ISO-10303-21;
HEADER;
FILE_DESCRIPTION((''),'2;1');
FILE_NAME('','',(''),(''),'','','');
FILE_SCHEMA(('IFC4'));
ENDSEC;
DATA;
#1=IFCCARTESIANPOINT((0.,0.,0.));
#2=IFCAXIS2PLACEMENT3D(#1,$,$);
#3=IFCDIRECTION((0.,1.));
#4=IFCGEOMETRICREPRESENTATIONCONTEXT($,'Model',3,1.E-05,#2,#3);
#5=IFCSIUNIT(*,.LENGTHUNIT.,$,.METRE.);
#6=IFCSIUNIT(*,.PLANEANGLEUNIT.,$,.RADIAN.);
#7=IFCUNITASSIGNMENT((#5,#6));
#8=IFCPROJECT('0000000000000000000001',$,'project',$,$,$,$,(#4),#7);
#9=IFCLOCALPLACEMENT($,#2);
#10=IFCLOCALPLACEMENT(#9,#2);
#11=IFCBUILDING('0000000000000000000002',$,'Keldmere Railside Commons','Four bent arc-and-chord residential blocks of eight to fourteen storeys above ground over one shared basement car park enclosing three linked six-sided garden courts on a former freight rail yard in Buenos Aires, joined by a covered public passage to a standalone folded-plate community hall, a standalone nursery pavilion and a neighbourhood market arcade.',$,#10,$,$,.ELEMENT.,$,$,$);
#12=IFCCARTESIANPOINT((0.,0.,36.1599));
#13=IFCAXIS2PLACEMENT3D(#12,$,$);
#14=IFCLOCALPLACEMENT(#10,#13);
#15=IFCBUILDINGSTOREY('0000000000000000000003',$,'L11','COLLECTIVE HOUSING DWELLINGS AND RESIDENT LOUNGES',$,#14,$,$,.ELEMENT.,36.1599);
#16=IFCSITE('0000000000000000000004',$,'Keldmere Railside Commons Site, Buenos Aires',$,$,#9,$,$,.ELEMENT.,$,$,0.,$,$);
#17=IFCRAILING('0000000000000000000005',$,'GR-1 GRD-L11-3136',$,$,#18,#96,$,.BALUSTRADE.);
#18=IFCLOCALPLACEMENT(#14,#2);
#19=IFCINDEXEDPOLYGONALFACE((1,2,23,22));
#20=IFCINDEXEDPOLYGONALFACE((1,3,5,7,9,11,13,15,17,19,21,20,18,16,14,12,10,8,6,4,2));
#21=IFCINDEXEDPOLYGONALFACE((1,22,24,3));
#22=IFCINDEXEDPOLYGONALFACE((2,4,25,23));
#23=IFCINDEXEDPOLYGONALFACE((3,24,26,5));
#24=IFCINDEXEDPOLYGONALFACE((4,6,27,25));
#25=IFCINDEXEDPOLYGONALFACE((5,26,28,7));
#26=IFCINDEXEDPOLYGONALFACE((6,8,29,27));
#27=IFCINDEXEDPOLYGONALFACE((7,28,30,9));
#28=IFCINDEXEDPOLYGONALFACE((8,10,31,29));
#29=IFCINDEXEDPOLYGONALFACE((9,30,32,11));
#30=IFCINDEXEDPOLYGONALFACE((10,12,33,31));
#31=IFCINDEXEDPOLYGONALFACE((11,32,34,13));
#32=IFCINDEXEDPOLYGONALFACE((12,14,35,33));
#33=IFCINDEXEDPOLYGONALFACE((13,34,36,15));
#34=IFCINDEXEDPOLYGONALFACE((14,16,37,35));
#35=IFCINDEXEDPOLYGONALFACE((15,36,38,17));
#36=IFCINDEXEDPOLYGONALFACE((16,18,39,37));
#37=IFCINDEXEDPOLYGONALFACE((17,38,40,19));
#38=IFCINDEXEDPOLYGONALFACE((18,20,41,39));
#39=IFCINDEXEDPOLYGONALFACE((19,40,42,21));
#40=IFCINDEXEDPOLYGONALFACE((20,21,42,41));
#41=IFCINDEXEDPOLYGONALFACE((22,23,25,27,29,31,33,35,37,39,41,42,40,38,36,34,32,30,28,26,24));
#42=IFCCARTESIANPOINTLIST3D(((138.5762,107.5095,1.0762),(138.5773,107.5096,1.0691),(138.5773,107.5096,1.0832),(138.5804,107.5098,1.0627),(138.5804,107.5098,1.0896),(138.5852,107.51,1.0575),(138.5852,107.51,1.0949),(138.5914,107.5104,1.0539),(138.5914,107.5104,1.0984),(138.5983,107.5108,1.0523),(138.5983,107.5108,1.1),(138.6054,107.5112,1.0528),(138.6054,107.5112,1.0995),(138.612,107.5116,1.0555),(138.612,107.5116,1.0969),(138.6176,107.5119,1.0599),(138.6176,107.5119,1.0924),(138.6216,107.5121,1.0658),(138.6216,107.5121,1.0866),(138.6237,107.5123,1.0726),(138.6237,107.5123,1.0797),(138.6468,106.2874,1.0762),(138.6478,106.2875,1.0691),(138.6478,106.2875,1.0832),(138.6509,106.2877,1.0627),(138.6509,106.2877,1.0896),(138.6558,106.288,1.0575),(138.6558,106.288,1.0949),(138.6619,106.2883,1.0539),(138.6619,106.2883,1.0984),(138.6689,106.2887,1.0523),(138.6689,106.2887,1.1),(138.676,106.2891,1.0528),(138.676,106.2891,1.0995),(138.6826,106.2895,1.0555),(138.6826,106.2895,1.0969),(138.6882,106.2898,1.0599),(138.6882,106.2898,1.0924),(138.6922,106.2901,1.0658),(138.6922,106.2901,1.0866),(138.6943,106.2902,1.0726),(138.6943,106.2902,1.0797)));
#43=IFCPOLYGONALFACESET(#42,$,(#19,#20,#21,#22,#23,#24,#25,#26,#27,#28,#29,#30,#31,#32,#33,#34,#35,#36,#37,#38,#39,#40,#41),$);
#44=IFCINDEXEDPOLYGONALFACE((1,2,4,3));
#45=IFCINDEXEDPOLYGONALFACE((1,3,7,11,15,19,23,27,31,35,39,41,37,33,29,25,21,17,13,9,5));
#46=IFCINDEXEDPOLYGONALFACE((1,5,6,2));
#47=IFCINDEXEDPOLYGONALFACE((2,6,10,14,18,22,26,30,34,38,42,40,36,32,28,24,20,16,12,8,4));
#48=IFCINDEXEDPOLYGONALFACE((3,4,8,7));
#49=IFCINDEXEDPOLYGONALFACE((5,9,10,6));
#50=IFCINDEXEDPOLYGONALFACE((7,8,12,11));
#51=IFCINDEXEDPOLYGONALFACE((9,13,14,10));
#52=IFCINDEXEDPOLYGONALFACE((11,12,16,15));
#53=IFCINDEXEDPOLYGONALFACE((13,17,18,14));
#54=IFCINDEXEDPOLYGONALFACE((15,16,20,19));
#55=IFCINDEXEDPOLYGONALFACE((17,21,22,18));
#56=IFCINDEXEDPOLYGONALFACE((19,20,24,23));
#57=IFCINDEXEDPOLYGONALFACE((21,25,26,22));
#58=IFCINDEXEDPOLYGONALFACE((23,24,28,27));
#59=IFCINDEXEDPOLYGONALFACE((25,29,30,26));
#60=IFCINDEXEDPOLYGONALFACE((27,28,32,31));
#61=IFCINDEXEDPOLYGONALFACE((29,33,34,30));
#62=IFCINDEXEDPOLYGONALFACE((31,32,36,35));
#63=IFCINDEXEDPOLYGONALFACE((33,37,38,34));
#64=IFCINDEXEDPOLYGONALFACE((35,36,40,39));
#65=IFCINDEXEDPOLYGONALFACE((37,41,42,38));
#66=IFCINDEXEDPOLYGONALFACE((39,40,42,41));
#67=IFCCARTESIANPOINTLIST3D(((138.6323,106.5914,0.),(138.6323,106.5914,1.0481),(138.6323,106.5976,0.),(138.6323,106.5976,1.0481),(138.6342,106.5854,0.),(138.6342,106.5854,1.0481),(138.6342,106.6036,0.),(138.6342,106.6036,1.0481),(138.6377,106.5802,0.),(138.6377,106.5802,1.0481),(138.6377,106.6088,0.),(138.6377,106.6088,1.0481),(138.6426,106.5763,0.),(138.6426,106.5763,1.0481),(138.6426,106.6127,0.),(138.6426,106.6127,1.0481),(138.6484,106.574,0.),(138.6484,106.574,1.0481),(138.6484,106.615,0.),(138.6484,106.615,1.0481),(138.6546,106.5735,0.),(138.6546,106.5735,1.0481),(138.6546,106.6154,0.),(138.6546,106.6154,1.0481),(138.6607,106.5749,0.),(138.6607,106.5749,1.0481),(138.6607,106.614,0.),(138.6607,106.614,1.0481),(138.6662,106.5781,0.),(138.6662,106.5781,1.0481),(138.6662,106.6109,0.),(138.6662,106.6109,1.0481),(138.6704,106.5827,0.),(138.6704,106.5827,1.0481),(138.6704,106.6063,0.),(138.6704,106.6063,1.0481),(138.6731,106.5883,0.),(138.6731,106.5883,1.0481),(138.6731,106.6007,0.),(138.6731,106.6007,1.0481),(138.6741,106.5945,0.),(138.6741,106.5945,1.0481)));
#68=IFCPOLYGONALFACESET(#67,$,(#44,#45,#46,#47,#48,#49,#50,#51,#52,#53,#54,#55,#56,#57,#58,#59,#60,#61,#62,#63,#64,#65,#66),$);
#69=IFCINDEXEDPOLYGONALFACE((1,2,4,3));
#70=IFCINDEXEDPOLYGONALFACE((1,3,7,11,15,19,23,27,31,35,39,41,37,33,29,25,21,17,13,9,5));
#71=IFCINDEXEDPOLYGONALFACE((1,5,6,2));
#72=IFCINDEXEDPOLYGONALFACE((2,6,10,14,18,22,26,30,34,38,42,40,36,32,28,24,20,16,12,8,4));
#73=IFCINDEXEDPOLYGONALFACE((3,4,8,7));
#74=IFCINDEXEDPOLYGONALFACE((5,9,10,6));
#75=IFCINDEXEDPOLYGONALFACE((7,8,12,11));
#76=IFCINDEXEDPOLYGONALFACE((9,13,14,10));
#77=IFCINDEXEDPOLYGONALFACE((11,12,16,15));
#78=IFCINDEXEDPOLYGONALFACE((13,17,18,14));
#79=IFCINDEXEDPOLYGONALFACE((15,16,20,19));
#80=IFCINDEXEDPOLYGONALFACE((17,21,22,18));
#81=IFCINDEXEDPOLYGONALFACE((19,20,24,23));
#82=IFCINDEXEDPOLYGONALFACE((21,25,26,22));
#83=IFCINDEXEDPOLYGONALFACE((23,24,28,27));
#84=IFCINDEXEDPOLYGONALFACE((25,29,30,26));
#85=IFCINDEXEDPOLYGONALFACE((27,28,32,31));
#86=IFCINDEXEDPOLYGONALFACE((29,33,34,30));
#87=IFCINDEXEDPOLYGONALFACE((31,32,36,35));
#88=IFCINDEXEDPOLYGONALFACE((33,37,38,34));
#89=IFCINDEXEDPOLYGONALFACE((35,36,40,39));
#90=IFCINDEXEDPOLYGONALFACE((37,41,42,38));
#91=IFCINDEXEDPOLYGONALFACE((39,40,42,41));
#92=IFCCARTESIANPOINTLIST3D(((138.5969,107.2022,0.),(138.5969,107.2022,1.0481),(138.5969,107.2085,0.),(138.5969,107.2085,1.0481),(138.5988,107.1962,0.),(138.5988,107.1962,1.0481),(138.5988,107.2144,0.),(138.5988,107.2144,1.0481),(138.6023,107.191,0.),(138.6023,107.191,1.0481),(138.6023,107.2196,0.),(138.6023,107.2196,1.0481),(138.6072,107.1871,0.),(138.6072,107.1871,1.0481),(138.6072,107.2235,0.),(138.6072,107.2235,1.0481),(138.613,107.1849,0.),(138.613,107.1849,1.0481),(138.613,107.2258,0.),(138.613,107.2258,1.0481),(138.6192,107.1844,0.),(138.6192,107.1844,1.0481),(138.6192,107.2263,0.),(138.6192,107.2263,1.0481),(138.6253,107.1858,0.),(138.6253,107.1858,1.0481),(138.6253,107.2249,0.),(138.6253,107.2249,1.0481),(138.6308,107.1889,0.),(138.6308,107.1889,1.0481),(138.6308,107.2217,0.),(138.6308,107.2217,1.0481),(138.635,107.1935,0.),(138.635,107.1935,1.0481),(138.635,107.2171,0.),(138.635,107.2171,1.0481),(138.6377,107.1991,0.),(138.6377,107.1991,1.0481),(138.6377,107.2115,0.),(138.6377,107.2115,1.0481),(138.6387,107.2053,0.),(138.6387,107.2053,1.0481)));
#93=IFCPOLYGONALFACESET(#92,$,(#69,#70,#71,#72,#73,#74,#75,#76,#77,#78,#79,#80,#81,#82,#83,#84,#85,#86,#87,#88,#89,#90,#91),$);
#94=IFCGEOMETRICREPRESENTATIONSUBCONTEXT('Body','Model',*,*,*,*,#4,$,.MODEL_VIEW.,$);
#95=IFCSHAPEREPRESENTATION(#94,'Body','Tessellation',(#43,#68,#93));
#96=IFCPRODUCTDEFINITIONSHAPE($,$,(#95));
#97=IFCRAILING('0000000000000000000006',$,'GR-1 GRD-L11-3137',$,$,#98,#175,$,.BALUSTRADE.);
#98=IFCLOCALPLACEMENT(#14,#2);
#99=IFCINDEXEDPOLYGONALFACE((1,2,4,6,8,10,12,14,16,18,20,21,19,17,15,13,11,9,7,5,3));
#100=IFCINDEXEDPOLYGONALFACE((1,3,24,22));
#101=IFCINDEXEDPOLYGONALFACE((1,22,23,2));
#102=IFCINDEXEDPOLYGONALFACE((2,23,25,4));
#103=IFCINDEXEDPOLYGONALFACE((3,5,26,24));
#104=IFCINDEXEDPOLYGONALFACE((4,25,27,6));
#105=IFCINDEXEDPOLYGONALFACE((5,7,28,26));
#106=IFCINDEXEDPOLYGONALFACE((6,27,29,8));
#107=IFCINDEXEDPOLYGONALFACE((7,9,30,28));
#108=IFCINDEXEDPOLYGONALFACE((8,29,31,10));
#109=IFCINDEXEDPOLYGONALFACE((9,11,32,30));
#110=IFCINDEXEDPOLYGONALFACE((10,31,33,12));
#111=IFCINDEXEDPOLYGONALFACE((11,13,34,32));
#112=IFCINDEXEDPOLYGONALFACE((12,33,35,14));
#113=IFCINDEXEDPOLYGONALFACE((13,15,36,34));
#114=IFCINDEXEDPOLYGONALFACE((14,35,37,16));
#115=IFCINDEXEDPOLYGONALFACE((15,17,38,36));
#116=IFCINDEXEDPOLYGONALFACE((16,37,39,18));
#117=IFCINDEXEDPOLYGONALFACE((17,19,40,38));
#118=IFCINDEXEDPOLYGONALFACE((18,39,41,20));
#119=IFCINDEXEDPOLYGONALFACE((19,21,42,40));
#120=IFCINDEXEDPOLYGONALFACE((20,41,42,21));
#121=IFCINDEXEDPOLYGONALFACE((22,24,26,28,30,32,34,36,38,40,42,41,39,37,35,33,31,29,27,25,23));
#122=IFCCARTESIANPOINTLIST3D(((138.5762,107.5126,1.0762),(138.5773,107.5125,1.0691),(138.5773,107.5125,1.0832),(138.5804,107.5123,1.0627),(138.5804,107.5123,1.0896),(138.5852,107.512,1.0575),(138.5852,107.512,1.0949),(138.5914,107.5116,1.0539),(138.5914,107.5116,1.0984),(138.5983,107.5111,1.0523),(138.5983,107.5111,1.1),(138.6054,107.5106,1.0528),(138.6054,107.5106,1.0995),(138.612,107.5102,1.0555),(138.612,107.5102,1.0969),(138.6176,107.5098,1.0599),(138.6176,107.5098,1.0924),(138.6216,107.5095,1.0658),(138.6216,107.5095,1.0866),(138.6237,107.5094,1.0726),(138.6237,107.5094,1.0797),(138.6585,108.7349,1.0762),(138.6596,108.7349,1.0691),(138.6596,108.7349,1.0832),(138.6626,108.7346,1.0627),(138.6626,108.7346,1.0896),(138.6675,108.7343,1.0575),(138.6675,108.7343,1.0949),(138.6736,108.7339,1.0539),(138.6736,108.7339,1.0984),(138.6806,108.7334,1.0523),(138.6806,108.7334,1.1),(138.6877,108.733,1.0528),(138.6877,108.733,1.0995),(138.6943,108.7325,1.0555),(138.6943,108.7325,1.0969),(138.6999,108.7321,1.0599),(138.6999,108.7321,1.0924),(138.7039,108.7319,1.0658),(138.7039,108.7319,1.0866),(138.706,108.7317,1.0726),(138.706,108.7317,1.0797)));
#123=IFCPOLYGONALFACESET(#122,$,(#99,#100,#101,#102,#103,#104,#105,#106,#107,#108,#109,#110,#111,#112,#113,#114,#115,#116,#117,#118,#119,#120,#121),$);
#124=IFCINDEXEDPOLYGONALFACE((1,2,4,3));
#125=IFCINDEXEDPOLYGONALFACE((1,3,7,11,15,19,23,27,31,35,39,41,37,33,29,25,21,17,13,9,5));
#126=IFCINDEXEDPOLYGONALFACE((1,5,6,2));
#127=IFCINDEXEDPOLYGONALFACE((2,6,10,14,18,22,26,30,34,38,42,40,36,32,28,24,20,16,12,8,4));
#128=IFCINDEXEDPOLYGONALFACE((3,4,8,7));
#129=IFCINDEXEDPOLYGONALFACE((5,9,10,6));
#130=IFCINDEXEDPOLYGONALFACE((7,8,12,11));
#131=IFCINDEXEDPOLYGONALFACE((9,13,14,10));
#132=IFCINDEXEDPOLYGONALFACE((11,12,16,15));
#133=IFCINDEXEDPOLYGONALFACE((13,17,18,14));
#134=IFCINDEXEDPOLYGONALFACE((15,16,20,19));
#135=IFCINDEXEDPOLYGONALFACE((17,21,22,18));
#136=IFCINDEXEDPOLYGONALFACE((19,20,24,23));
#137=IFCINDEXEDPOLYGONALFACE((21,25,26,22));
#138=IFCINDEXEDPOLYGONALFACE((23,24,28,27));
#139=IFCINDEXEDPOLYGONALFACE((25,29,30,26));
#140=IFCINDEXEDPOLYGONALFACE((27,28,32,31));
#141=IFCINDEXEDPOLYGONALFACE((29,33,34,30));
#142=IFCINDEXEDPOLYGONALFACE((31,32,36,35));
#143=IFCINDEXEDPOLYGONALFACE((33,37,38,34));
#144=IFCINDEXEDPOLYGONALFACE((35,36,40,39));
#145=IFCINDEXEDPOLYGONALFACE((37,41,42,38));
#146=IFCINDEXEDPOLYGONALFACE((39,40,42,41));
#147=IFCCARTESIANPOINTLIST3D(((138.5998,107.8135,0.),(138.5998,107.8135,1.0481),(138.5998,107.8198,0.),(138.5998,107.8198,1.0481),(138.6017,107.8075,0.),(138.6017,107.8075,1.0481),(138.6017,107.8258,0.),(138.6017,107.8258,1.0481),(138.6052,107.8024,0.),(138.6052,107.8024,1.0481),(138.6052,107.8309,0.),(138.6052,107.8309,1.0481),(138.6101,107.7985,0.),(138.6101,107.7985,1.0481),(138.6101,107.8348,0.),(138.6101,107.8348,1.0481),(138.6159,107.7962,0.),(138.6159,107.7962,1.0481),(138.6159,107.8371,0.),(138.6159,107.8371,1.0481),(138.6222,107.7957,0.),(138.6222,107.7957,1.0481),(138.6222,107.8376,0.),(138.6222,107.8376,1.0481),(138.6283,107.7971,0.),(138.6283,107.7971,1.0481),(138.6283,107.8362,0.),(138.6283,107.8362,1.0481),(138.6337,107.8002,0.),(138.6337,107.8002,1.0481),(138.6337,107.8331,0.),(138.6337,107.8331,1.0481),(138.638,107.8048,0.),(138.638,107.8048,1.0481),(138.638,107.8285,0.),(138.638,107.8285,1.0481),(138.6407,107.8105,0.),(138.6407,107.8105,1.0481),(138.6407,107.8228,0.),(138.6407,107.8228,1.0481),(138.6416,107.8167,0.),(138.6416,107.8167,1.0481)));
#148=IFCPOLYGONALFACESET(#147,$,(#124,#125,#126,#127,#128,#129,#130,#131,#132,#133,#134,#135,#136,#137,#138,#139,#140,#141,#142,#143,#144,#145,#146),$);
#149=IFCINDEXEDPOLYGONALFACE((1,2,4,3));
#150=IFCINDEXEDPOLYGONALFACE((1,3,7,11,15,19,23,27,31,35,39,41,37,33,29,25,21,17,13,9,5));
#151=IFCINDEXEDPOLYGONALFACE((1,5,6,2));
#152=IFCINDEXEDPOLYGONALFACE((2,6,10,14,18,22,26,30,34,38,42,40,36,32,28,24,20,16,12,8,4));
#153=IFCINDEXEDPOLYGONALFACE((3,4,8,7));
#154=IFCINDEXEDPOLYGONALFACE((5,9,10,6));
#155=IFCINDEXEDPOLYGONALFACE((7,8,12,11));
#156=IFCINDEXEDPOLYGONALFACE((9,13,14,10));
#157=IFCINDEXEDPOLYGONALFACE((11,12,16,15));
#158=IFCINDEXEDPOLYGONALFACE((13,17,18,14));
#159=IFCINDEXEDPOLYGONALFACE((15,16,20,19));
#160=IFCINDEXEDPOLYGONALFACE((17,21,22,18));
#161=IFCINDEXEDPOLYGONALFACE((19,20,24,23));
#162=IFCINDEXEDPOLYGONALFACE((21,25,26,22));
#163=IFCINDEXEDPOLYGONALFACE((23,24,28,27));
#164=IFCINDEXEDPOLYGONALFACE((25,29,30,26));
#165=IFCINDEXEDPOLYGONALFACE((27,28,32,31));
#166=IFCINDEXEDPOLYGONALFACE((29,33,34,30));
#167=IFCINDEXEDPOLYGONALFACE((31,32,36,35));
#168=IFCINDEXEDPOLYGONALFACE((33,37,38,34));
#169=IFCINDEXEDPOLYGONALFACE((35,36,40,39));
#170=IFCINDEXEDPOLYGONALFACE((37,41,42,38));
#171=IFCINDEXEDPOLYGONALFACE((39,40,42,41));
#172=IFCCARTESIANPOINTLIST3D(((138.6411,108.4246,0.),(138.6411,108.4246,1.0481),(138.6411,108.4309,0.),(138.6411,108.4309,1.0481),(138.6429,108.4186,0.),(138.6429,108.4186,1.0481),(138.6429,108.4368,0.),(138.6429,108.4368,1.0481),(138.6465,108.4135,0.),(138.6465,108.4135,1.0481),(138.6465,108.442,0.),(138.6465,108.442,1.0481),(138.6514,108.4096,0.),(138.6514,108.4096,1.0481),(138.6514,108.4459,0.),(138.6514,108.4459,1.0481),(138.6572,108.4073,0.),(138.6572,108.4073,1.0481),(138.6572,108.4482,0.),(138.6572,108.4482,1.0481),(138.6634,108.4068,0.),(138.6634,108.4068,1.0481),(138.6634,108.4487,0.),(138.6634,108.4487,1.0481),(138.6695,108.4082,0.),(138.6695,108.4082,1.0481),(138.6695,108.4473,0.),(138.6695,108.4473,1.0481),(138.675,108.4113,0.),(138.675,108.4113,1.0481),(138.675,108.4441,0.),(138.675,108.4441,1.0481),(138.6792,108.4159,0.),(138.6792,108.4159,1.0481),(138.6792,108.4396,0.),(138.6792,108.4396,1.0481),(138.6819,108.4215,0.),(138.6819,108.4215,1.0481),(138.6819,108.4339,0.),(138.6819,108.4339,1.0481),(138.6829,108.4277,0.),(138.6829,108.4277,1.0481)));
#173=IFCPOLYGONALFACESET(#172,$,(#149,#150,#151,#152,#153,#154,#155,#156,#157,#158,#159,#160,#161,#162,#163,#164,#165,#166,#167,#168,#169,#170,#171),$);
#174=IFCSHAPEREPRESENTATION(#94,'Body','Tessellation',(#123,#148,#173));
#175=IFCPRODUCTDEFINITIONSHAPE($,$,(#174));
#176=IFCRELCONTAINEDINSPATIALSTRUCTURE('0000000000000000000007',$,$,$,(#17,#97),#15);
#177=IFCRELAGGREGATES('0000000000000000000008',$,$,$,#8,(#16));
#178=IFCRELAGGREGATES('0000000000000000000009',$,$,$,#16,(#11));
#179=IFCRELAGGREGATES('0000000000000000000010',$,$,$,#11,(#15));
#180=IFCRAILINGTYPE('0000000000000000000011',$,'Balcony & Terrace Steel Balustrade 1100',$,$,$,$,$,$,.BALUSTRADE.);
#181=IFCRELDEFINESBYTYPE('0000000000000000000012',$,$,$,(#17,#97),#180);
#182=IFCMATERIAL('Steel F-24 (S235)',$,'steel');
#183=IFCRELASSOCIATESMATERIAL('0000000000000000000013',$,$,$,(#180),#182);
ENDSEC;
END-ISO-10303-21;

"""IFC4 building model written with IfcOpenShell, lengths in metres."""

from ifc_helpers import new_model, si_unit, direction, frame, origin, origin_2d, place, context, subcontext, project, spatial, circle, extrude, material, type_object, element, save


model = new_model("IFC4")

# Units and contexts
model_context = context("Model", 3, precision=1e-05, world=origin(), true_north=direction((0.0, 1.0)))
body_context = subcontext(model_context, "Body", "Model", "MODEL_VIEW")
ifc_project = project(units=[si_unit("LENGTHUNIT", "METRE"), si_unit("PLANEANGLEUNIT", "RADIAN")], contexts=[model_context])

# Site, building, storey
site_placement = place(None, origin())
site = spatial("IfcSite", under=ifc_project, at=site_placement, Name="Keldmere Railside Commons Site, Buenos Aires", CompositionType="ELEMENT", RefElevation=0.0)
building_placement = place(site_placement, origin())
building = spatial("IfcBuilding", under=site, at=building_placement, Name="Keldmere Railside Commons", Description="Four bent arc-and-chord residential blocks of eight to fourteen storeys above ground over one shared basement car park enclosing three linked six-sided garden courts on a former freight rail yard in Buenos Aires, joined by a covered public passage to a standalone folded-plate community hall, a standalone nursery pavilion and a neighbourhood market arcade.", CompositionType="ELEMENT")
storey_placement = place(building_placement, frame((0.0, 0.0, 36.1599)))
storey = spatial("IfcBuildingStorey", under=building, at=storey_placement, Name="L11", Description="COLLECTIVE HOUSING DWELLINGS AND RESIDENT LOUNGES", CompositionType="ELEMENT", Elevation=36.1599)

# Railings
ifc_material_1 = material(Name="Steel F-24 (S235)", Category="steel")
railing_type = type_object("IfcRailingType", Name="Balcony & Terrace Steel Balustrade 1100", PredefinedType="BALUSTRADE", material=ifc_material_1)
railing_1_placement = place(storey_placement, frame((138.6707, 106.2888, 0.0)))
element("IfcRailing", 1, at=railing_1_placement, inside=storey, type_object=railing_type, Name="GR-1 GRD-L11-3136", PredefinedType="BALUSTRADE", context=body_context, shape_type="SweptSolid", body=[
    extrude(circle(Radius=0.0239, at=origin_2d()), frame((0.0, 0.0, 1.0762), z_axis=(-0.057635, 0.998338, 0.0), x_axis=(-0.998338, -0.057635, 0.0)), (0.0, 0.0, 1.0), 1.2241),
    extrude(circle(Radius=0.021, at=origin_2d()), frame((-0.0176, 0.3057, 0.0)), (0.0, 0.0, 1.0), 1.0481),
    extrude(circle(Radius=0.021, at=origin_2d()), frame((-0.053, 0.9165, 0.0)), (0.0, 0.0, 1.0), 1.0481),
])
railing_2_placement = place(storey_placement, frame((138.6001, 107.511, 0.0)))
element("IfcRailing", 2, at=railing_2_placement, inside=storey, type_object=railing_type, Name="GR-1 GRD-L11-3137", PredefinedType="BALUSTRADE", context=body_context, shape_type="SweptSolid", body=[
    extrude(circle(Radius=0.0239, at=origin_2d()), frame((0.0, 0.0, 1.0762), z_axis=(0.067154, 0.997743, 0.0), x_axis=(-0.997743, 0.067154, 0.0)), (0.0, 0.0, 1.0), 1.2251),
    extrude(circle(Radius=0.021, at=origin_2d()), frame((0.0205, 0.3057, 0.0)), (0.0, 0.0, 1.0), 1.0481),
    extrude(circle(Radius=0.021, at=origin_2d()), frame((0.0618, 0.9167, 0.0)), (0.0, 0.0, 1.0), 1.0481),
])

save(model, "model.ifc")
